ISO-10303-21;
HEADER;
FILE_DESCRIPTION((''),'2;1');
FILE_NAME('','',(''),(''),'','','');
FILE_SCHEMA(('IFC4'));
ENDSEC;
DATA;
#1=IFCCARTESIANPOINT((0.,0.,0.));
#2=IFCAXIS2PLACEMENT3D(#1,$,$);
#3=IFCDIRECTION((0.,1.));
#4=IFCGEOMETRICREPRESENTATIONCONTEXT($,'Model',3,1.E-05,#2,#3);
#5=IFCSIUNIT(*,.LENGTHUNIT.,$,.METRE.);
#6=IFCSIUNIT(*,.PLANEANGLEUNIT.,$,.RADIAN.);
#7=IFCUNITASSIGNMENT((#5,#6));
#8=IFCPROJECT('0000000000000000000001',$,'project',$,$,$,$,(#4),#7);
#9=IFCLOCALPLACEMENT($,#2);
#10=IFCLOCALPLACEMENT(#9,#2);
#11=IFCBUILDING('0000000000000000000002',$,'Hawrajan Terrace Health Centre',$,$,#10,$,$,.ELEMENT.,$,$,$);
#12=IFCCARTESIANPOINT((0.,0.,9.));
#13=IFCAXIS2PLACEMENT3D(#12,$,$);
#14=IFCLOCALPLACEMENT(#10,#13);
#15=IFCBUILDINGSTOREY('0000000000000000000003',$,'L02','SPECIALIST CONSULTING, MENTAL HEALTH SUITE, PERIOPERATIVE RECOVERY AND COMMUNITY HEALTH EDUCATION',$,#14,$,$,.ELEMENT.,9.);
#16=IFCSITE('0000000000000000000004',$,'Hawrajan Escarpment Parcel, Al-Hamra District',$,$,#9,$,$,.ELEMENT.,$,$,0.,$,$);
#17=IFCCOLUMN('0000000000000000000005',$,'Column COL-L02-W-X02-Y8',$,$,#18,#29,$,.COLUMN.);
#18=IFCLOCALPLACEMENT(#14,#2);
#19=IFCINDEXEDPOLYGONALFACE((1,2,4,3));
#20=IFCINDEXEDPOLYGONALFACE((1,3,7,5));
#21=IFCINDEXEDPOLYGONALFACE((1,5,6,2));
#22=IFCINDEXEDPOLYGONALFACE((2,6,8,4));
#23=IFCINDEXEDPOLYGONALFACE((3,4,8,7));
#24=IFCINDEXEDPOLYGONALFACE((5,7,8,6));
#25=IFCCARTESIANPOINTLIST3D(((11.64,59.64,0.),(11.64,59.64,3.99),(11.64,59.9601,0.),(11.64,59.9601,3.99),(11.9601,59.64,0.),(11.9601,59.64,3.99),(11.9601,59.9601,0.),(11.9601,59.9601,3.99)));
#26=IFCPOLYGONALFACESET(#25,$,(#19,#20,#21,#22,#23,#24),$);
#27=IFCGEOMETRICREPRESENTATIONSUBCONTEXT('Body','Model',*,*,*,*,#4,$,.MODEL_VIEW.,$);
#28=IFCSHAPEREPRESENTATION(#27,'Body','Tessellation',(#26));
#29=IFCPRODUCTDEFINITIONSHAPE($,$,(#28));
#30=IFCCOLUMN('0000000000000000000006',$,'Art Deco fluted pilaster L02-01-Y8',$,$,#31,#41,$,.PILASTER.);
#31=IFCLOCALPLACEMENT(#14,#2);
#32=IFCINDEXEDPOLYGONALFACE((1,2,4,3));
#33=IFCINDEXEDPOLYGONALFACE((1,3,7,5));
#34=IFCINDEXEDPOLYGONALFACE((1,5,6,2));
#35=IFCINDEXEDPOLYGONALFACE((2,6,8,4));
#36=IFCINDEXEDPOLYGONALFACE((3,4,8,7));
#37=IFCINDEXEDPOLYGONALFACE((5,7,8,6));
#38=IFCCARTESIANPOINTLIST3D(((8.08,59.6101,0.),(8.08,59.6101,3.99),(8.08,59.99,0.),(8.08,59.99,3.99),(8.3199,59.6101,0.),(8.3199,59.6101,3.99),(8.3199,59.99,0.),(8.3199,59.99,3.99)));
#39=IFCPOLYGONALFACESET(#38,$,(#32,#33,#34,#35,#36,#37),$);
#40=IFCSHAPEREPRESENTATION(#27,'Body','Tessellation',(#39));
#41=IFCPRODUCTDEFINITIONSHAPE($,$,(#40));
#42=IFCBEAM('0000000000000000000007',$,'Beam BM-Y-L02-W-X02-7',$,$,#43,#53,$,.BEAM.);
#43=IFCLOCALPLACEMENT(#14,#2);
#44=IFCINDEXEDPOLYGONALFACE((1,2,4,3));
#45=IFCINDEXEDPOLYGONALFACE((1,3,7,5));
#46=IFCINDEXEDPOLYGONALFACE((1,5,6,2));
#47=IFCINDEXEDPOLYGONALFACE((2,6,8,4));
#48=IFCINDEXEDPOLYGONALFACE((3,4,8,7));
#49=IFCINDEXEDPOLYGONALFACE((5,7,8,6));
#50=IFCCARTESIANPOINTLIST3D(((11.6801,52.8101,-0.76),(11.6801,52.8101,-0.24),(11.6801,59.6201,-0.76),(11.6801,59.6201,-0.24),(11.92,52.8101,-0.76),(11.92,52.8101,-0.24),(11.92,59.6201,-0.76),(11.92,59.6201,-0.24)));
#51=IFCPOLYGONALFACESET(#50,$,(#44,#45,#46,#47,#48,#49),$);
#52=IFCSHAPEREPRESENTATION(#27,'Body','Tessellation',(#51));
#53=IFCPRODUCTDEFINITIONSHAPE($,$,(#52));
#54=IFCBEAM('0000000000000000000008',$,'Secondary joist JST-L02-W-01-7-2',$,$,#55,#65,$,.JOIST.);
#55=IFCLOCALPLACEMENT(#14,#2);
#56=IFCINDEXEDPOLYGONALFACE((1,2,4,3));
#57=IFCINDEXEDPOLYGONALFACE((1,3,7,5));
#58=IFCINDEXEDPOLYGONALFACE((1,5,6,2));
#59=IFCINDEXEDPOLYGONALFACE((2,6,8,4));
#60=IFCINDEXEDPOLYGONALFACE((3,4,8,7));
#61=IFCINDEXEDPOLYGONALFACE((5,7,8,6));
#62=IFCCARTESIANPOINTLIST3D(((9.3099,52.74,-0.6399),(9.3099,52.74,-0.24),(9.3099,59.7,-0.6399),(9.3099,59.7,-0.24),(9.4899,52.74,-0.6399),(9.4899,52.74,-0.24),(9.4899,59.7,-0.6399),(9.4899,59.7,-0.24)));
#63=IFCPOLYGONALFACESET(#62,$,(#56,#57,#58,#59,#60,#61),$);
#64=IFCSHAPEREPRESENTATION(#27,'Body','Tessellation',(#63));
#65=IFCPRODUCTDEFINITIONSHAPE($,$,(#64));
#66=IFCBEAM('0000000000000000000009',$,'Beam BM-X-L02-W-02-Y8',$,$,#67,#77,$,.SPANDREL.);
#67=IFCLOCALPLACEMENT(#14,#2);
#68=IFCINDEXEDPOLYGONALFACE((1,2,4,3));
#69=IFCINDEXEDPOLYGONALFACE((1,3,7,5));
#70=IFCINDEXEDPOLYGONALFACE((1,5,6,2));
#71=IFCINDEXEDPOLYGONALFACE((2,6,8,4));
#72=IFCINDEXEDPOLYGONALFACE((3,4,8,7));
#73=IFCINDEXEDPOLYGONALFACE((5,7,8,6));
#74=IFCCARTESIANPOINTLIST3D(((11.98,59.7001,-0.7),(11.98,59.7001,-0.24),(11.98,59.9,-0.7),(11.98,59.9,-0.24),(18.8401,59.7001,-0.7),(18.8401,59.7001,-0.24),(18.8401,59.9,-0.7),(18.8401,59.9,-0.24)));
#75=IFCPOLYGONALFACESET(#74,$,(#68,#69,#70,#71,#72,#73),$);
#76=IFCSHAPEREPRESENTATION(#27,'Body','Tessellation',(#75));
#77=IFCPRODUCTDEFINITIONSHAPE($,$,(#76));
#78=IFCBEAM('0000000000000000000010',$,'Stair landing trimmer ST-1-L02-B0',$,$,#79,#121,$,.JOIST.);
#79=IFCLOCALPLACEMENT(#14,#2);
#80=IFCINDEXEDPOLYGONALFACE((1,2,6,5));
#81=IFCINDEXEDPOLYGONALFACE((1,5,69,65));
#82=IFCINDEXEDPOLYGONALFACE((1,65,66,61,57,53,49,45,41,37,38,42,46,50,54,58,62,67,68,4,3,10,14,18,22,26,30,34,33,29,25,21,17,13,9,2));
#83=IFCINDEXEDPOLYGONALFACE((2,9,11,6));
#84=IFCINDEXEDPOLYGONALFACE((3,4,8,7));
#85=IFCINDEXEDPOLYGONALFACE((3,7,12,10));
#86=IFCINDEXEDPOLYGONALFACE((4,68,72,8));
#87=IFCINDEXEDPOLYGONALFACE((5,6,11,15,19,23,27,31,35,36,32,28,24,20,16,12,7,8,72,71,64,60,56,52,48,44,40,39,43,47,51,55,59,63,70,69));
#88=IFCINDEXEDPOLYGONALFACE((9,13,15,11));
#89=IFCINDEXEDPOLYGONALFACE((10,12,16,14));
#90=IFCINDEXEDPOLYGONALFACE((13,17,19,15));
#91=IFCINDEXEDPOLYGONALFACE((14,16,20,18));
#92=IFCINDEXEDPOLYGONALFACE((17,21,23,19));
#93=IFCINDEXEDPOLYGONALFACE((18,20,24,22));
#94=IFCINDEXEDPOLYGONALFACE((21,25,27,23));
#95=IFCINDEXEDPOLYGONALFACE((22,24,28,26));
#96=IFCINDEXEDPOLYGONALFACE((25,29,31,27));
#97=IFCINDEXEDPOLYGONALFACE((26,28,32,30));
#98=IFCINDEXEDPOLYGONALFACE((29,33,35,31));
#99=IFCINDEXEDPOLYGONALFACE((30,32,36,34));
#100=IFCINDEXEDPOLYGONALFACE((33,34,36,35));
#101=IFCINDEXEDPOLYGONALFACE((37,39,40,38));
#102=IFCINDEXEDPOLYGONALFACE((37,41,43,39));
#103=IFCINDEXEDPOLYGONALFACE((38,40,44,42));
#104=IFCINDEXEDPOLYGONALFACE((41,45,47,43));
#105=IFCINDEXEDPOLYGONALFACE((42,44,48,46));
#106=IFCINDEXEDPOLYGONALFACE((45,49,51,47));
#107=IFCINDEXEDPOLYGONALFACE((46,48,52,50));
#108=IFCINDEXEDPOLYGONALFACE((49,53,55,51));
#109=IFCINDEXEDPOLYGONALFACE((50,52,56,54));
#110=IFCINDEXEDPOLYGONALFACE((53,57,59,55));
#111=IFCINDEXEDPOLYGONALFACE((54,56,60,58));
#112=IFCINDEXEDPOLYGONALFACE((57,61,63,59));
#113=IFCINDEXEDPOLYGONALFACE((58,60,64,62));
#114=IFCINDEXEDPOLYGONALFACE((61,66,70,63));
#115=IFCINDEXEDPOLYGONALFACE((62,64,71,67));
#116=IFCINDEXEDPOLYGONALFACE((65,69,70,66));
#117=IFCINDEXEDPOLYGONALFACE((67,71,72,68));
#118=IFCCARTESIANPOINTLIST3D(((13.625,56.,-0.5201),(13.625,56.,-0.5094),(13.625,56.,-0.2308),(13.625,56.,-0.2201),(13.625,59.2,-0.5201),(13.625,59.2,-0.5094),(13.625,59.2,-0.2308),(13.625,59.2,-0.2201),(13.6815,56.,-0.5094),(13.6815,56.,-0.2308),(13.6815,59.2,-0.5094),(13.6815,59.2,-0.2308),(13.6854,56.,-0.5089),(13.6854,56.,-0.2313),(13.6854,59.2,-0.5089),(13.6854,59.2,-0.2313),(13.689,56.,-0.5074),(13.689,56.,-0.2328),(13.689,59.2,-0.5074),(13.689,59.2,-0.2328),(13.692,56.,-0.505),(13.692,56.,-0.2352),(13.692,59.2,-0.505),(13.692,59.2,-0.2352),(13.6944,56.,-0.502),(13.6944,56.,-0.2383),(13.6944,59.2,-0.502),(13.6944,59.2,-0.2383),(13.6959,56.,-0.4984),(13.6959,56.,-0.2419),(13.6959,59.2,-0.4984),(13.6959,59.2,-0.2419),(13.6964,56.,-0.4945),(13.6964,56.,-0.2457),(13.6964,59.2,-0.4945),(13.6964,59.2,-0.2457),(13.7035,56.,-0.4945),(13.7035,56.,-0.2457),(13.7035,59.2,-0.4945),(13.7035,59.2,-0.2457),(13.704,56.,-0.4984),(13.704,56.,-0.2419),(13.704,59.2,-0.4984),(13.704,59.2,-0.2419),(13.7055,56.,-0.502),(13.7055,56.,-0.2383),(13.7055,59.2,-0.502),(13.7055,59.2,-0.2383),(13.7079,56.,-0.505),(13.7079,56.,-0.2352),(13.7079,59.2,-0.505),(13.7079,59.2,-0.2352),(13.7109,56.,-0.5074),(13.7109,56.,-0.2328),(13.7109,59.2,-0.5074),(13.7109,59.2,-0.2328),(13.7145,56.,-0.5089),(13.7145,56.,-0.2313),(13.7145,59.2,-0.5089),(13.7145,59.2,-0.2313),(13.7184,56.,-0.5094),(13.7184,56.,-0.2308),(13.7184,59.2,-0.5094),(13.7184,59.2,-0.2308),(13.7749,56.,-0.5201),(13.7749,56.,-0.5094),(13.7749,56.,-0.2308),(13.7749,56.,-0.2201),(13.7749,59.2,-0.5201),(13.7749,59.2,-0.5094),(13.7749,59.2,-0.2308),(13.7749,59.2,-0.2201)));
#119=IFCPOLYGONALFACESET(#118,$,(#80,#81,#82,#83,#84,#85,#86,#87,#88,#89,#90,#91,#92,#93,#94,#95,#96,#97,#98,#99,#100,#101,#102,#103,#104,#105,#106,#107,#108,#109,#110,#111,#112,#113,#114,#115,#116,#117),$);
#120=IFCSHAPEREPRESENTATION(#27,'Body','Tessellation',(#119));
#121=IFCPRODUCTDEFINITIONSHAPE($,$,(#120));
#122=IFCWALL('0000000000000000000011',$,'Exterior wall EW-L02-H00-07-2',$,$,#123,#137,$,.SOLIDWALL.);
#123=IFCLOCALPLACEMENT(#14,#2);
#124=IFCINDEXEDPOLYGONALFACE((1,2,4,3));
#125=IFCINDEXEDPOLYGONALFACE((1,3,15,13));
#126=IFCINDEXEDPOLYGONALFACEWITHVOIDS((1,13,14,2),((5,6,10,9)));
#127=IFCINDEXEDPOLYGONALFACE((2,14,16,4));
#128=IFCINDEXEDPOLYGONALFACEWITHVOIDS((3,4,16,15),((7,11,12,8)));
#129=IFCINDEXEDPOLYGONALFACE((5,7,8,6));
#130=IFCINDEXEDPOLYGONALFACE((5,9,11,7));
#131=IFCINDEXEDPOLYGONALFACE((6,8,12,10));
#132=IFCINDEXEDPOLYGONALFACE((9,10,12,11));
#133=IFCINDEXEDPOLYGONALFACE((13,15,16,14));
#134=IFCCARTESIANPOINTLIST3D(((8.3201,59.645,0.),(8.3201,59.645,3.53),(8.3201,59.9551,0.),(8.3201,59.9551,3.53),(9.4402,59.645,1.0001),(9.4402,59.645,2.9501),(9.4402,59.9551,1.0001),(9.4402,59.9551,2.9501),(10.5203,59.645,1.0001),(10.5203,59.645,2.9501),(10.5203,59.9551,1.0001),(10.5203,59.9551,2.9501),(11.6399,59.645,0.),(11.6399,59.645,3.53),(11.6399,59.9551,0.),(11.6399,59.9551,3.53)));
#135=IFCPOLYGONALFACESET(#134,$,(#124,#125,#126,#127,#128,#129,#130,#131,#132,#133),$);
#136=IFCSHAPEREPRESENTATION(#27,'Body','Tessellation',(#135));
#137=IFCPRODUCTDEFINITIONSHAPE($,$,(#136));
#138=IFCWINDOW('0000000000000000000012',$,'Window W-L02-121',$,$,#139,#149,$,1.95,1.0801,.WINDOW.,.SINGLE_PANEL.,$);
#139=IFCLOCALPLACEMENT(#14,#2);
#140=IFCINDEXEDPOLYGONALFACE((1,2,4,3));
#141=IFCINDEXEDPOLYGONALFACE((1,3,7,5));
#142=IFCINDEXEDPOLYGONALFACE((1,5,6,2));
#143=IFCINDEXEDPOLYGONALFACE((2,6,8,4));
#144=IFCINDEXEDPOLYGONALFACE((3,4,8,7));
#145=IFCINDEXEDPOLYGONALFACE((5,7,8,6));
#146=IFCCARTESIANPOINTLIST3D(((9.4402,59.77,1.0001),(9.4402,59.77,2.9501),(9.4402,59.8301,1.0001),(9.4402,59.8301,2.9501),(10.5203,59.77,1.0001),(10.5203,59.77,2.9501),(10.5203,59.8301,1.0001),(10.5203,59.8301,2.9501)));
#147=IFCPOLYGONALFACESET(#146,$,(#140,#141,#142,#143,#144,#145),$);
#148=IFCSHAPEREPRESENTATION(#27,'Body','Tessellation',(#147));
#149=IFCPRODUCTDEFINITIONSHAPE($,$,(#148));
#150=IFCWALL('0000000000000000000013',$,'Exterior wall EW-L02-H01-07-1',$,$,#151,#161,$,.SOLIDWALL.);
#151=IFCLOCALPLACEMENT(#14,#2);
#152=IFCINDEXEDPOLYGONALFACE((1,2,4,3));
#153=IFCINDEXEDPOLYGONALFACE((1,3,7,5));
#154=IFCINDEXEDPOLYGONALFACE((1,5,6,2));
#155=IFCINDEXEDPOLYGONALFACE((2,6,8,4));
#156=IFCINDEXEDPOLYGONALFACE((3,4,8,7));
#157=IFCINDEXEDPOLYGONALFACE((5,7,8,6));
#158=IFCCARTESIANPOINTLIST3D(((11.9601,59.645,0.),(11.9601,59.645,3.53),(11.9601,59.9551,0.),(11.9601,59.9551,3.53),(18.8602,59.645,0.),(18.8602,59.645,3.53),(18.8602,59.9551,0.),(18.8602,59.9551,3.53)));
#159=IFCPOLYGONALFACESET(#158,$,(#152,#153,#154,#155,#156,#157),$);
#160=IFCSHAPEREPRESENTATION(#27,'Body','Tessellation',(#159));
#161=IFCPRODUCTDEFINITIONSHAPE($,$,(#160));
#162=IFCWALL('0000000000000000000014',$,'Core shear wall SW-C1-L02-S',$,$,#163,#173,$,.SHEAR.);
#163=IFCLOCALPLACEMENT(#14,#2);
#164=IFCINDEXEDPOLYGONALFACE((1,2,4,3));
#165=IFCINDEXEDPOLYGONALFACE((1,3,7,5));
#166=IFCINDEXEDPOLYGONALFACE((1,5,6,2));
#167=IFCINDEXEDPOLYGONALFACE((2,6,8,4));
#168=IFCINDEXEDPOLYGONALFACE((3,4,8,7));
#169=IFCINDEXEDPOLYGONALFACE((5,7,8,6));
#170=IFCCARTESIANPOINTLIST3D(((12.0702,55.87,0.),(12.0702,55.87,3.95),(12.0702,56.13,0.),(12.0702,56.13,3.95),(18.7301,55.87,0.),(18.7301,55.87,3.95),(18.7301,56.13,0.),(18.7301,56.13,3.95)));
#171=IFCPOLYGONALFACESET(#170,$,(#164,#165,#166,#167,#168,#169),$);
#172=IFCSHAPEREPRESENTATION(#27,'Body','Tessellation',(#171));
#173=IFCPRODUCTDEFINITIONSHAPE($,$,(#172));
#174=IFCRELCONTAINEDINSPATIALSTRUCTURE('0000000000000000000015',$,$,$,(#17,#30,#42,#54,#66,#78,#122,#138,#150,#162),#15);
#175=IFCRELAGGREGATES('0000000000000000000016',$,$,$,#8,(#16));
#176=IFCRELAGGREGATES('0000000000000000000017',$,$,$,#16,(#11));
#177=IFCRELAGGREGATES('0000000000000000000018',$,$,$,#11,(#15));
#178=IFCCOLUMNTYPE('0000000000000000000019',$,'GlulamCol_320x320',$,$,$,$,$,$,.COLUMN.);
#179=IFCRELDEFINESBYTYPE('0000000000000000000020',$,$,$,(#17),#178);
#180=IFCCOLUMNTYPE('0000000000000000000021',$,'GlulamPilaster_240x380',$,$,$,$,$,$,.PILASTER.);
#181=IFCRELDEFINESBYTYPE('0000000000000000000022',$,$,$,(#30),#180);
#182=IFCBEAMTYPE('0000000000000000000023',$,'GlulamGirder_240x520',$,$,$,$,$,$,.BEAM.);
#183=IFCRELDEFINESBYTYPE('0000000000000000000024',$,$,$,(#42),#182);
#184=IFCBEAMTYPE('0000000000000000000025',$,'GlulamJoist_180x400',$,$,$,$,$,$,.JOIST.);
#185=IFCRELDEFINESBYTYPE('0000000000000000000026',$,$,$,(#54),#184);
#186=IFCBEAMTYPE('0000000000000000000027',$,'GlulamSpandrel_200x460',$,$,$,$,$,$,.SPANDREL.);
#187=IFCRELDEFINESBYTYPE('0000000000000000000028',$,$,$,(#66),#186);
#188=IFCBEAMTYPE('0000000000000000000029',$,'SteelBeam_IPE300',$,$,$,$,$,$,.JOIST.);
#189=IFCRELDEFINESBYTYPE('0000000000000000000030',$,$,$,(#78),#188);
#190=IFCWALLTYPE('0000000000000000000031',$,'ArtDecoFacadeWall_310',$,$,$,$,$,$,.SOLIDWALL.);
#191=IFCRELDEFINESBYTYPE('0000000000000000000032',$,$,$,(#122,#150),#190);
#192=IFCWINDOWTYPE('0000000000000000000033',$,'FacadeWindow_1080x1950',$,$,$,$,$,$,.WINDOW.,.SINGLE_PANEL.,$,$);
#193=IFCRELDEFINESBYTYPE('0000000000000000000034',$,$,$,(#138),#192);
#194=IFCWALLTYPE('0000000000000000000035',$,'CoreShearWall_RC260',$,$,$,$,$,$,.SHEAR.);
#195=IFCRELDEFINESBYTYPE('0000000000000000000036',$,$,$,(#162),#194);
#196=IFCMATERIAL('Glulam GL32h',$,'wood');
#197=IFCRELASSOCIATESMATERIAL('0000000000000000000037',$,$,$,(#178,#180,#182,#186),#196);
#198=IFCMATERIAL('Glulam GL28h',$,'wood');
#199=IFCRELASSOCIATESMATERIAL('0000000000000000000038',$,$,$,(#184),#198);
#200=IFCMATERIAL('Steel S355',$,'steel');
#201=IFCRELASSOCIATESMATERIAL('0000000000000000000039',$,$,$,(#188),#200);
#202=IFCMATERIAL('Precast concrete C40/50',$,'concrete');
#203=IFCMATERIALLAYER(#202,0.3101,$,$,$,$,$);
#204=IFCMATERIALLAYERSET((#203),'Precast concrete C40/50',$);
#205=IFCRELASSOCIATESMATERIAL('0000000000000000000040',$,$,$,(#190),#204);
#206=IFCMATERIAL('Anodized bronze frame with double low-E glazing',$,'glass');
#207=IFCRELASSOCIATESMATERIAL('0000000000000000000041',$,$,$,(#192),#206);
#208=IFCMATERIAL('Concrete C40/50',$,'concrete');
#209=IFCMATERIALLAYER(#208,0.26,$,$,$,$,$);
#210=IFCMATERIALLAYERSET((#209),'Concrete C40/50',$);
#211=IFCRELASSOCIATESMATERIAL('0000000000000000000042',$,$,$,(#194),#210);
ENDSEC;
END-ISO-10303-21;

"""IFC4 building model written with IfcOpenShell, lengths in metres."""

from ifc_helpers import new_model, si_unit, direction, frame, frame_2d, origin, origin_2d, place, context, subcontext, project, spatial, rectangle, i_section, extrude, material, layer, layer_set, material_profile, profile_set, type_object, element, fill, save


model = new_model("IFC4")

# Units and contexts
model_context = context("Model", 3, precision=1e-05, world=origin(), true_north=direction((0.0, 1.0)))
body_context = subcontext(model_context, "Body", "Model", "MODEL_VIEW")
ifc_project = project(units=[si_unit("LENGTHUNIT", "METRE"), si_unit("PLANEANGLEUNIT", "RADIAN")], contexts=[model_context])

# Site, building, storey
site_placement = place(None, origin())
site = spatial("IfcSite", under=ifc_project, at=site_placement, Name="Hawrajan Escarpment Parcel, Al-Hamra District", CompositionType="ELEMENT", RefElevation=0.0)
building_placement = place(site_placement, origin())
building = spatial("IfcBuilding", under=site, at=building_placement, Name="Hawrajan Terrace Health Centre", CompositionType="ELEMENT")
storey_placement = place(building_placement, frame((0.0, 0.0, 9.0)))
storey = spatial("IfcBuildingStorey", under=building, at=storey_placement, Name="L02", Description="SPECIALIST CONSULTING, MENTAL HEALTH SUITE, PERIOPERATIVE RECOVERY AND COMMUNITY HEALTH EDUCATION", CompositionType="ELEMENT", Elevation=9.0)

# Columns
ifc_material_1 = material(Name="Glulam GL32h", Category="wood")
ifc_material_profile_1 = material_profile(ifc_material_1, rectangle(XDim=0.3201, YDim=0.3201, at=origin_2d()), Name="GL 320x320")
ifc_profile_set_1 = profile_set([ifc_material_profile_1], Name="Glulam GL32h")
column_type_1 = type_object("IfcColumnType", Name="GlulamCol_320x320", PredefinedType="COLUMN", material=ifc_profile_set_1)
column_1_placement = place(storey_placement, frame((11.8, 59.8, 0.0), z_axis=(0.0, 0.0, 1.0), x_axis=(1.0, 0.0, 0.0)))
element("IfcColumn", 1, at=column_1_placement, inside=storey, type_object=column_type_1, Name="Column COL-L02-W-X02-Y8", PredefinedType="COLUMN", context=body_context, shape_type="SweptSolid", body=[
    extrude(rectangle(XDim=0.3201, YDim=0.3201, at=origin_2d()), origin(), (0.0, 0.0, 1.0), 3.99),
])
ifc_material_profile_2 = material_profile(ifc_material_1, rectangle(XDim=0.24, YDim=0.3799, at=origin_2d()), Name="GL PIL 240x380")
ifc_profile_set_2 = profile_set([ifc_material_profile_2], Name="Glulam GL32h")
column_type_2 = type_object("IfcColumnType", Name="GlulamPilaster_240x380", PredefinedType="PILASTER", material=ifc_profile_set_2)
column_2_placement = place(storey_placement, frame((8.2, 59.8, 0.0), z_axis=(0.0, 0.0, 1.0), x_axis=(1.0, 0.0, 0.0)))
element("IfcColumn", 2, at=column_2_placement, inside=storey, type_object=column_type_2, Name="Art Deco fluted pilaster L02-01-Y8", PredefinedType="PILASTER", context=body_context, shape_type="SweptSolid", body=[
    extrude(rectangle(XDim=0.24, YDim=0.3799, at=origin_2d()), origin(), (0.0, 0.0, 1.0), 3.99),
])

# Beams
ifc_material_profile_3 = material_profile(ifc_material_1, rectangle(XDim=0.24, YDim=0.52, at=origin_2d()), Name="GL BM 240x520")
ifc_profile_set_3 = profile_set([ifc_material_profile_3], Name="Glulam GL32h")
beam_type_1 = type_object("IfcBeamType", Name="GlulamGirder_240x520", PredefinedType="BEAM", material=ifc_profile_set_3)
beam_1_placement = place(storey_placement, frame((11.8, 52.8101, -0.5), z_axis=(0.0, 1.0, 0.0), x_axis=(-1.0, 0.0, 0.0)))
element("IfcBeam", 3, at=beam_1_placement, inside=storey, type_object=beam_type_1, Name="Beam BM-Y-L02-W-X02-7", PredefinedType="BEAM", context=body_context, shape_type="SweptSolid", body=[
    extrude(rectangle(XDim=0.24, YDim=0.52, at=origin_2d()), origin(), (0.0, 0.0, 1.0), 6.8101),
])
ifc_material_2 = material(Name="Glulam GL28h", Category="wood")
ifc_material_profile_4 = material_profile(ifc_material_2, rectangle(XDim=0.1799, YDim=0.3999, at=origin_2d()), Name="GL JST 180x400")
ifc_profile_set_4 = profile_set([ifc_material_profile_4], Name="Glulam GL28h")
beam_type_2 = type_object("IfcBeamType", Name="GlulamJoist_180x400", PredefinedType="JOIST", material=ifc_profile_set_4)
beam_2_placement = place(storey_placement, frame((9.3999, 52.74, -0.4399), z_axis=(0.0, 1.0, 0.0), x_axis=(-1.0, 0.0, 0.0)))
element("IfcBeam", 4, at=beam_2_placement, inside=storey, type_object=beam_type_2, Name="Secondary joist JST-L02-W-01-7-2", PredefinedType="JOIST", context=body_context, shape_type="SweptSolid", body=[
    extrude(rectangle(XDim=0.1799, YDim=0.3999, at=origin_2d()), origin(), (0.0, 0.0, 1.0), 6.96),
])
ifc_material_profile_5 = material_profile(ifc_material_1, rectangle(XDim=0.2, YDim=0.46, at=origin_2d()), Name="GL SP 200x460")
ifc_profile_set_5 = profile_set([ifc_material_profile_5], Name="Glulam GL32h")
beam_type_3 = type_object("IfcBeamType", Name="GlulamSpandrel_200x460", PredefinedType="SPANDREL", material=ifc_profile_set_5)
beam_3_placement = place(storey_placement, frame((11.98, 59.8, -0.47), z_axis=(1.0, 0.0, 0.0), x_axis=(0.0, 1.0, 0.0)))
element("IfcBeam", 5, at=beam_3_placement, inside=storey, type_object=beam_type_3, Name="Beam BM-X-L02-W-02-Y8", PredefinedType="SPANDREL", context=body_context, shape_type="SweptSolid", body=[
    extrude(rectangle(XDim=0.2, YDim=0.46, at=origin_2d()), origin(), (0.0, 0.0, 1.0), 6.8601),
])
ifc_material_3 = material(Name="Steel S355", Category="steel")
ifc_material_profile_6 = material_profile(ifc_material_3, i_section(OverallWidth=0.1499, OverallDepth=0.3, WebThickness=0.0071, FlangeThickness=0.0107, FilletRadius=0.0149, at=origin_2d()), Name="IPE 300")
ifc_profile_set_6 = profile_set([ifc_material_profile_6], Name="Steel S355")
beam_type_4 = type_object("IfcBeamType", Name="SteelBeam_IPE300", PredefinedType="JOIST", material=ifc_profile_set_6)
beam_4_placement = place(storey_placement, frame((13.7, 56.0, -0.3701), z_axis=(0.0, 1.0, 0.0), x_axis=(-1.0, 0.0, 0.0)))
element("IfcBeam", 6, at=beam_4_placement, inside=storey, type_object=beam_type_4, Name="Stair landing trimmer ST-1-L02-B0", PredefinedType="JOIST", context=body_context, shape_type="SweptSolid", body=[
    extrude(i_section(OverallWidth=0.1499, OverallDepth=0.3, WebThickness=0.0071, FlangeThickness=0.0107, FilletRadius=0.0149, at=origin_2d()), origin(), (0.0, 0.0, 1.0), 3.2),
])

# Wall, opening, window
ifc_material_4 = material(Name="Precast concrete C40/50", Category="concrete")
ifc_layer_1 = layer(ifc_material_4, 0.3101)
ifc_layer_set_1 = layer_set([ifc_layer_1], Name="Precast concrete C40/50")
wall_type_1 = type_object("IfcWallType", Name="ArtDecoFacadeWall_310", PredefinedType="SOLIDWALL", material=ifc_layer_set_1)
wall_1_placement = place(storey_placement, frame((8.3201, 59.8, 0.0), z_axis=(0.0, 0.0, 1.0), x_axis=(1.0, 0.0, 0.0)))
wall_1 = element("IfcWall", 7, at=wall_1_placement, inside=storey, type_object=wall_type_1, Name="Exterior wall EW-L02-H00-07-2", PredefinedType="SOLIDWALL", context=body_context, shape_type="SweptSolid", body=[
    extrude(rectangle(XDim=3.3198, YDim=0.3101, at=frame_2d((1.6599, 0.0))), origin(), (0.0, 0.0, 1.0), 3.53),
])
opening_1_placement = place(wall_1_placement, frame((1.1201, 0.0, 1.0)))
opening_1 = element("IfcOpeningElement", 8, at=opening_1_placement, cuts=wall_1, PredefinedType="OPENING", context=body_context, shape_type="SweptSolid", body=[
    extrude(rectangle(XDim=1.0801, YDim=1.95, at=frame_2d((0.54, 0.9751))), frame((0.0, 0.165, 0.0), z_axis=(0.0, -1.0, 0.0), x_axis=(1.0, 0.0, 0.0)), (0.0, 0.0, 1.0), 0.3301),
])
ifc_material_5 = material(Name="Anodized bronze frame with double low-E glazing", Category="glass")
window_type = type_object("IfcWindowType", Name="FacadeWindow_1080x1950", PartitioningType="SINGLE_PANEL", PredefinedType="WINDOW", material=ifc_material_5)
window_placement = place(opening_1_placement, origin())
window = element("IfcWindow", 9, at=window_placement, inside=storey, type_object=window_type, Name="Window W-L02-121", OverallHeight=1.95, OverallWidth=1.0801, PartitioningType="SINGLE_PANEL", PredefinedType="WINDOW", context=body_context, shape_type="SweptSolid", body=[
    extrude(rectangle(XDim=1.0801, YDim=1.95, at=frame_2d((0.54, 0.9751))), frame((0.0, 0.03, 0.0), z_axis=(0.0, -1.0, 0.0), x_axis=(1.0, 0.0, 0.0)), (0.0, 0.0, 1.0), 0.0601),
])
fill(opening_1, window)

# Walls
wall_2_placement = place(storey_placement, frame((11.96, 59.8, 0.0), z_axis=(0.0, 0.0, 1.0), x_axis=(1.0, 0.0, 0.0)))
element("IfcWall", 10, at=wall_2_placement, inside=storey, type_object=wall_type_1, Name="Exterior wall EW-L02-H01-07-1", PredefinedType="SOLIDWALL", context=body_context, shape_type="SweptSolid", body=[
    extrude(rectangle(XDim=6.9001, YDim=0.3101, at=frame_2d((3.4502, 0.0))), origin(), (0.0, 0.0, 1.0), 3.53),
])
ifc_material_6 = material(Name="Concrete C40/50", Category="concrete")
ifc_layer_2 = layer(ifc_material_6, 0.26)
ifc_layer_set_2 = layer_set([ifc_layer_2], Name="Concrete C40/50")
wall_type_2 = type_object("IfcWallType", Name="CoreShearWall_RC260", PredefinedType="SHEAR", material=ifc_layer_set_2)
for number, where, z_axis, x_axis, name in (
    (11, (12.0701, 56.0, 0.0), (0.0, 0.0, 1.0), (1.0, 0.0, 0.0), "Core shear wall SW-C1-L02-S"),
):
    element("IfcWall", number, at=place(storey_placement, frame(where, z_axis=z_axis, x_axis=x_axis)), inside=storey, type_object=wall_type_2, Name=name, PredefinedType="SHEAR", context=body_context, shape_type="SweptSolid", body=[
        extrude(rectangle(XDim=6.6599, YDim=0.26, at=frame_2d((3.3301, 0.0))), origin(), (0.0, 0.0, 1.0), 3.95),
    ])

save(model, "model.ifc")
